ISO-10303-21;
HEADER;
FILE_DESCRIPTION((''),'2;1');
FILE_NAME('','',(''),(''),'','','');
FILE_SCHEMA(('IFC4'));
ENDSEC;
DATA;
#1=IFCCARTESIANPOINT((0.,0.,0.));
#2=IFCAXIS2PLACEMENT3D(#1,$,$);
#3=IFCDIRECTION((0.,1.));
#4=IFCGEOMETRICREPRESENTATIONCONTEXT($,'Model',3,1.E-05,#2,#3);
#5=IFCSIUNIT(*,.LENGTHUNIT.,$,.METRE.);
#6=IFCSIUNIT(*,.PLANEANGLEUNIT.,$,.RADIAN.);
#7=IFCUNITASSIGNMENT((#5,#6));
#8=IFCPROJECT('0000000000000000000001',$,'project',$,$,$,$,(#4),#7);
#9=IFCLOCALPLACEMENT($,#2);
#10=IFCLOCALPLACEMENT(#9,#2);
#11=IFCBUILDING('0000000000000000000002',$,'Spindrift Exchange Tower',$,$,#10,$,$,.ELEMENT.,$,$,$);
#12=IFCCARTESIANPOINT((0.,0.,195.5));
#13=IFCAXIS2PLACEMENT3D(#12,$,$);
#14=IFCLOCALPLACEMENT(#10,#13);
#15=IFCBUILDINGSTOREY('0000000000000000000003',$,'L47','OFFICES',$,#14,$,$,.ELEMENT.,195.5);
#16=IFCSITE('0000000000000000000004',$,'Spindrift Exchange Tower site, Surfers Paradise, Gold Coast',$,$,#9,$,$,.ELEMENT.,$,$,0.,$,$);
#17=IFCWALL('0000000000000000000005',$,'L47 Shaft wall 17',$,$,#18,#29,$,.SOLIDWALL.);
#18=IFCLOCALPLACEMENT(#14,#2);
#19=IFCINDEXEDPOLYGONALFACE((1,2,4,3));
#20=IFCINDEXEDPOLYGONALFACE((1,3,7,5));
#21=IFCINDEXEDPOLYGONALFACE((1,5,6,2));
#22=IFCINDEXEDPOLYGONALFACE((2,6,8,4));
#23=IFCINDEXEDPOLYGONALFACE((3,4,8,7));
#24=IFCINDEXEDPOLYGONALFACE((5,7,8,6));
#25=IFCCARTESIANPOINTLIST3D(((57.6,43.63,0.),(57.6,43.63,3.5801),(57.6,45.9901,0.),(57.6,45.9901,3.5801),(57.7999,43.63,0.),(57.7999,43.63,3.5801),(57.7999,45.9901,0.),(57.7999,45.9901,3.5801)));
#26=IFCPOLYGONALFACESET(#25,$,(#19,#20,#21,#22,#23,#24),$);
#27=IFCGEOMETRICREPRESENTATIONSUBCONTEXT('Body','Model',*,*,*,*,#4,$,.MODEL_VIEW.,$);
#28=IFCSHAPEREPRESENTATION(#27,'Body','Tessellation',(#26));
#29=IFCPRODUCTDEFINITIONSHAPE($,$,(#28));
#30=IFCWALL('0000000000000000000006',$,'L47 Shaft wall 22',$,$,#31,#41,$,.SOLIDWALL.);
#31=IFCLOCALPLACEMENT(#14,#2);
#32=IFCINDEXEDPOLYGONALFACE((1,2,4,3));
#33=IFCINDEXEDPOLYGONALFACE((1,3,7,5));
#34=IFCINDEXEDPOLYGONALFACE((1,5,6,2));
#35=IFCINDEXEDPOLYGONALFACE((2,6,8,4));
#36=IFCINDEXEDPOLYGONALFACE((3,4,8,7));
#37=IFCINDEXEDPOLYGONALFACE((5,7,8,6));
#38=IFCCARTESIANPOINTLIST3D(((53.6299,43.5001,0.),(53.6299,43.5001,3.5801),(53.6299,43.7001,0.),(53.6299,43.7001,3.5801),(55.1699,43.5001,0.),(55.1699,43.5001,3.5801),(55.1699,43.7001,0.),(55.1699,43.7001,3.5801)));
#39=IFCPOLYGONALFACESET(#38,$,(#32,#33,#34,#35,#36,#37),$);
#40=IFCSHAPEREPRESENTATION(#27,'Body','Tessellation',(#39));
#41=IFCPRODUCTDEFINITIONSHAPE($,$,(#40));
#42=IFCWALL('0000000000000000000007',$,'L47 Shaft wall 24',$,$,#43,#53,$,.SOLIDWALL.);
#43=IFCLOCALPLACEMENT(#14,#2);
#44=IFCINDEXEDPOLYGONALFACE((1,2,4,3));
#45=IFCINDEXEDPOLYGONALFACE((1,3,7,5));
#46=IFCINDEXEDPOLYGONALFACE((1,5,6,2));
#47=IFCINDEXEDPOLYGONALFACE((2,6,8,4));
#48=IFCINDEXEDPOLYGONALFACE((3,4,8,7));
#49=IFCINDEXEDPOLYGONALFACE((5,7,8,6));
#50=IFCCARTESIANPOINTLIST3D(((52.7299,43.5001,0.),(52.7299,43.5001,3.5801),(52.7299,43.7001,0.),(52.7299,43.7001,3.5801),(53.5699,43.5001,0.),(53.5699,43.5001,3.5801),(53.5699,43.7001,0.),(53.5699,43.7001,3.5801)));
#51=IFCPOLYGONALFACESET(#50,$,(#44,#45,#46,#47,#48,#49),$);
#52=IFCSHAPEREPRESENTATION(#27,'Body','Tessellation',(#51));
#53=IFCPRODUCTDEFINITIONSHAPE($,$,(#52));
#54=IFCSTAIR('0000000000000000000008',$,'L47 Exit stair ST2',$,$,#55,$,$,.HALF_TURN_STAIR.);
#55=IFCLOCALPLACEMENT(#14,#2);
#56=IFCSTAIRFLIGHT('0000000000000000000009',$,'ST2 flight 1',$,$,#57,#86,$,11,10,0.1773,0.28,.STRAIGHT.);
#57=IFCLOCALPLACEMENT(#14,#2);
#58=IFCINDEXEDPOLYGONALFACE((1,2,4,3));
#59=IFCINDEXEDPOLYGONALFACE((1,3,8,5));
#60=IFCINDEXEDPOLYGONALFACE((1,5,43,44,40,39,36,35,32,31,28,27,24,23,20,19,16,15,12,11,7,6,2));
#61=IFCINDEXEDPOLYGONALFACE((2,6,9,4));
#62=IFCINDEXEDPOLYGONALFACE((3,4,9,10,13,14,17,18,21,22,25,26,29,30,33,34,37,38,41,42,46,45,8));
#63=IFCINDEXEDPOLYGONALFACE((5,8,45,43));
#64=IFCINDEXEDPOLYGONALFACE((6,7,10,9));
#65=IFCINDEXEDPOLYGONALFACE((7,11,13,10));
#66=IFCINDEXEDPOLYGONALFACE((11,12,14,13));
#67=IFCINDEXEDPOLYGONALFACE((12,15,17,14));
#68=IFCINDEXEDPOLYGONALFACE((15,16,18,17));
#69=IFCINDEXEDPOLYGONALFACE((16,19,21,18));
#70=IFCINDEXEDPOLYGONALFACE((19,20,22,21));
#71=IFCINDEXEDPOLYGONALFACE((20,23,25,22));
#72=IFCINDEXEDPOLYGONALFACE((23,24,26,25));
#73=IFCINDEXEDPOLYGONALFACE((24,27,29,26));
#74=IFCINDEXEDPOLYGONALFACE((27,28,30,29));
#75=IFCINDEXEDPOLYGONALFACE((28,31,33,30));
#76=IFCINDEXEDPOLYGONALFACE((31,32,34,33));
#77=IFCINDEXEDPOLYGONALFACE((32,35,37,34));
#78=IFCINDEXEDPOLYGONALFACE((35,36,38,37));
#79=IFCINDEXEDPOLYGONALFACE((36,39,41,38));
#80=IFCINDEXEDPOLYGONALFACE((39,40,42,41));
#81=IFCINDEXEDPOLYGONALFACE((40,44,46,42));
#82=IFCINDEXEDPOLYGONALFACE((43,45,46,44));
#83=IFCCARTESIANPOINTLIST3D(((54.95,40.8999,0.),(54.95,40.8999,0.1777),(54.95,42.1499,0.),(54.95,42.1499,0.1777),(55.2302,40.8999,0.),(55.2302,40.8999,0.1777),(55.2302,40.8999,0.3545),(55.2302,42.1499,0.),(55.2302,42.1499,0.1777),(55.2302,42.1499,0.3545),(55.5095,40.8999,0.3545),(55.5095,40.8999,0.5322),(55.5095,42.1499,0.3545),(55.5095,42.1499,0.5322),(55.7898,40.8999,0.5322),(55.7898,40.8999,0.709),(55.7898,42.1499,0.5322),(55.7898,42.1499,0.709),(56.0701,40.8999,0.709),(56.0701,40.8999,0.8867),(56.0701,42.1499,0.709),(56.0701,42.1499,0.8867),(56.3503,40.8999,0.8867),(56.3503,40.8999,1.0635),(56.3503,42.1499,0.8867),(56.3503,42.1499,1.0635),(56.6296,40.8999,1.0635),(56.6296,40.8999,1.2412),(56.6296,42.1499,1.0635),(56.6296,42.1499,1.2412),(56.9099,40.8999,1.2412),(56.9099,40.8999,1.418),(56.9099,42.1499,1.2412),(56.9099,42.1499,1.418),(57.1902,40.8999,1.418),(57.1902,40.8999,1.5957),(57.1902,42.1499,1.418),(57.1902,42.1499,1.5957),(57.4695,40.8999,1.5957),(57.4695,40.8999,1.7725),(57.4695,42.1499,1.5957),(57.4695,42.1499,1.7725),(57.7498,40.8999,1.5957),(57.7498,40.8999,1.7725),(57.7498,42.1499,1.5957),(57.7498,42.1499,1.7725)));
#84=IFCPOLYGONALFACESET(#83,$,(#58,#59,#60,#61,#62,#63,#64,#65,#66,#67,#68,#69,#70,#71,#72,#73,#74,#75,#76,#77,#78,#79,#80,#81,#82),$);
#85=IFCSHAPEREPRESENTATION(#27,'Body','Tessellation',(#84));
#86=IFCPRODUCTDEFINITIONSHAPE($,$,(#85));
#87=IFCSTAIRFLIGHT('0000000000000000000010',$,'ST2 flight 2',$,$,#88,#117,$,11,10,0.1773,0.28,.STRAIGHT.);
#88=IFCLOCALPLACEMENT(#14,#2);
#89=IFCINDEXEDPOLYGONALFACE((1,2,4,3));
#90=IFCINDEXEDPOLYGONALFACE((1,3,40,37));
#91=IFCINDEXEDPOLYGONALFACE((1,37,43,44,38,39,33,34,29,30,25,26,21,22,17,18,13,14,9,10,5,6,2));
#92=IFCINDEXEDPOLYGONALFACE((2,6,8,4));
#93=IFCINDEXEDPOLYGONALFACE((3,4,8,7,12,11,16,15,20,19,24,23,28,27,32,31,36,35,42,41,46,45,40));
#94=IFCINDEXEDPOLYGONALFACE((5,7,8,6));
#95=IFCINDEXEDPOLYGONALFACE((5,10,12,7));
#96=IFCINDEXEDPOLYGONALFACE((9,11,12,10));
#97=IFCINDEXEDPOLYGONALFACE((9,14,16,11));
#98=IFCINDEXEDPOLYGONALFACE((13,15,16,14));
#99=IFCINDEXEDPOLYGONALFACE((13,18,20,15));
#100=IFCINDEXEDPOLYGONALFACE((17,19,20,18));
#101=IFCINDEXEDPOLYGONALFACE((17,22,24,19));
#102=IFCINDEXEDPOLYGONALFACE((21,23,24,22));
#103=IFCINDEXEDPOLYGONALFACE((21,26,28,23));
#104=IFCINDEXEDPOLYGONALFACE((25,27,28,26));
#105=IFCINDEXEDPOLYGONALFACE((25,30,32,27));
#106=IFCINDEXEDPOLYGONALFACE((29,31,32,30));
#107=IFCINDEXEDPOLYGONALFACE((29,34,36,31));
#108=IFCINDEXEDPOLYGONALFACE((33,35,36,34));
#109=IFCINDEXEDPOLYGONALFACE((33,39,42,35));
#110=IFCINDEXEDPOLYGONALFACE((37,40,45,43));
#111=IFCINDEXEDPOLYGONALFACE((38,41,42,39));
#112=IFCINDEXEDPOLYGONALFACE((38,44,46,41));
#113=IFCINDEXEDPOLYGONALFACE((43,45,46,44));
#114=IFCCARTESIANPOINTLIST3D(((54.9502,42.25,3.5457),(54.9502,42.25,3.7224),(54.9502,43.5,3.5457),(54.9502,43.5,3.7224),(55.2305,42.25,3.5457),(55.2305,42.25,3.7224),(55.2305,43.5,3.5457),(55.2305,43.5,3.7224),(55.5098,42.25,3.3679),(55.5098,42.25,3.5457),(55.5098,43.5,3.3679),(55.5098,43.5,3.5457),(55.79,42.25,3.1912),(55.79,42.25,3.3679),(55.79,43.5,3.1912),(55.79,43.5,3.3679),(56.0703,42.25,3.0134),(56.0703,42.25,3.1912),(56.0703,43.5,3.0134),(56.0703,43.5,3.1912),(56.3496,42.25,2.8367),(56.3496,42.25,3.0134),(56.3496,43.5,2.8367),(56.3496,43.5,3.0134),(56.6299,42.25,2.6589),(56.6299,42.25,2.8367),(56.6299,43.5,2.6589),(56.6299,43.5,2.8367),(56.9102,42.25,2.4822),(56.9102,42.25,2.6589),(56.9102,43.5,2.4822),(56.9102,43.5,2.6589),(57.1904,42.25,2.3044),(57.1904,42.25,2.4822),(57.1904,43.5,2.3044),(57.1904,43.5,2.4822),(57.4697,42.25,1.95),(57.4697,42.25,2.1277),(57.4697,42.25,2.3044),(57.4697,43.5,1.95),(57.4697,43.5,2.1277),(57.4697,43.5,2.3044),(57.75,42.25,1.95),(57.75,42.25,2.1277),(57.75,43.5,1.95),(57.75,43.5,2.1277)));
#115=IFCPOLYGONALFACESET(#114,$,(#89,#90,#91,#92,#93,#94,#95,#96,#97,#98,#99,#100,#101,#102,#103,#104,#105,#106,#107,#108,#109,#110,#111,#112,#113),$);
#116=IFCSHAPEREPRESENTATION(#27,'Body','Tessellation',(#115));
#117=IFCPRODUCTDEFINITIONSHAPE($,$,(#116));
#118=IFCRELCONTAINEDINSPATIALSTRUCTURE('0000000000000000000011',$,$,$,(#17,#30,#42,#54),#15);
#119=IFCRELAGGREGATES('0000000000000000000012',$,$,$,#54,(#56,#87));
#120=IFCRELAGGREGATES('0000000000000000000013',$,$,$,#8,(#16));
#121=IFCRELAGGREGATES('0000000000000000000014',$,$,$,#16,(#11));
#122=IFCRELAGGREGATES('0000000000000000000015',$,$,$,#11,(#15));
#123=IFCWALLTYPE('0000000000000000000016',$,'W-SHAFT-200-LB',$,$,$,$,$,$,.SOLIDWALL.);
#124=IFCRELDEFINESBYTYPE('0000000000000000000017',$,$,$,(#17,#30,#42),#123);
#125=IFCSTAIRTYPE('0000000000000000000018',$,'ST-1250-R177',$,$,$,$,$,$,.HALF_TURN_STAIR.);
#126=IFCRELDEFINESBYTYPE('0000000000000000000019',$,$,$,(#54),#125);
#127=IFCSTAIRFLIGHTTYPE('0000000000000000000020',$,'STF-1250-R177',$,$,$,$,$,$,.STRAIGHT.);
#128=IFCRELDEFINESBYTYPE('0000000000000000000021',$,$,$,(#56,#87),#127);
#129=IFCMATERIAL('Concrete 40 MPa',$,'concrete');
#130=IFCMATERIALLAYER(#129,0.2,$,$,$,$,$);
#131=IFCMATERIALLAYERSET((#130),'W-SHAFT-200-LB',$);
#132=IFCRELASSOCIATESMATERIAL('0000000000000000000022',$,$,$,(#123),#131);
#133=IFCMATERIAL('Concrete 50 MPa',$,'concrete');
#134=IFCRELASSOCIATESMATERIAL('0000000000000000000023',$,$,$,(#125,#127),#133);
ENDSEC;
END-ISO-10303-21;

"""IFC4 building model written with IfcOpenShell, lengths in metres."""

from ifc_helpers import new_model, si_unit, direction, frame, frame_2d, origin, place, context, subcontext, project, spatial, line, indexed_curve, rectangle, outline, extrude, material, layer, layer_set, type_object, element, aggregate, save


model = new_model("IFC4")

# Units and contexts
model_context = context("Model", 3, precision=1e-05, world=origin(), true_north=direction((0.0, 1.0)))
body_context = subcontext(model_context, "Body", "Model", "MODEL_VIEW")
ifc_project = project(units=[si_unit("LENGTHUNIT", "METRE"), si_unit("PLANEANGLEUNIT", "RADIAN")], contexts=[model_context])

# Site, building, storey
site_placement = place(None, origin())
site = spatial("IfcSite", under=ifc_project, at=site_placement, Name="Spindrift Exchange Tower site, Surfers Paradise, Gold Coast", CompositionType="ELEMENT", RefElevation=0.0)
building_placement = place(site_placement, origin())
building = spatial("IfcBuilding", under=site, at=building_placement, Name="Spindrift Exchange Tower", CompositionType="ELEMENT")
storey_placement = place(building_placement, frame((0.0, 0.0, 195.5)))
storey = spatial("IfcBuildingStorey", under=building, at=storey_placement, Name="L47", Description="OFFICES", CompositionType="ELEMENT", Elevation=195.5)

# Shared definitions
ifc_material_1 = material(Name="Concrete 40 MPa", Category="concrete")

# Shared definitions
ifc_layer_1 = layer(ifc_material_1, 0.2)
ifc_layer_set_1 = layer_set([ifc_layer_1], Name="W-SHAFT-200-LB")
wall_type_1 = type_object("IfcWallType", Name="W-SHAFT-200-LB", PredefinedType="SOLIDWALL", material=ifc_layer_set_1)

# Walls
for number, where, z_axis, x_axis, name in (
    (1, (57.7, 43.6299, 0.0), (0.0, 0.0, 1.0), (0.0, 1.0, 0.0), "L47 Shaft wall 17"),
):
    element("IfcWall", number, at=place(storey_placement, frame(where, z_axis=z_axis, x_axis=x_axis)), inside=storey, type_object=wall_type_1, Name=name, PredefinedType="SOLIDWALL", context=body_context, shape_type="SweptSolid", body=[
        extrude(rectangle(XDim=2.3601, YDim=0.2, at=frame_2d((1.1802, 0.0))), origin(), (0.0, 0.0, 1.0), 3.5801),
    ])
wall_1_placement = place(storey_placement, frame((53.6299, 43.6001, 0.0), z_axis=(0.0, 0.0, 1.0), x_axis=(1.0, 0.0, 0.0)))
element("IfcWall", 2, at=wall_1_placement, inside=storey, type_object=wall_type_1, Name="L47 Shaft wall 22", PredefinedType="SOLIDWALL", context=body_context, shape_type="SweptSolid", body=[
    extrude(rectangle(XDim=1.54, YDim=0.2, at=frame_2d((0.77, 0.0))), origin(), (0.0, 0.0, 1.0), 3.5801),
])
wall_2_placement = place(storey_placement, frame((52.73, 43.6001, 0.0), z_axis=(0.0, 0.0, 1.0), x_axis=(1.0, 0.0, 0.0)))
element("IfcWall", 3, at=wall_2_placement, inside=storey, type_object=wall_type_1, Name="L47 Shaft wall 24", PredefinedType="SOLIDWALL", context=body_context, shape_type="SweptSolid", body=[
    extrude(rectangle(XDim=0.8401, YDim=0.2, at=frame_2d((0.4199, 0.0))), origin(), (0.0, 0.0, 1.0), 3.5801),
])

# Stair, stair flights
ifc_material_2 = material(Name="Concrete 50 MPa", Category="concrete")
stair_type = type_object("IfcStairType", Name="ST-1250-R177", PredefinedType="HALF_TURN_STAIR", material=ifc_material_2)
stair_placement = place(storey_placement, origin())
stair = element("IfcStair", 4, at=stair_placement, inside=storey, type_object=stair_type, Name="L47 Exit stair ST2", PredefinedType="HALF_TURN_STAIR")
stair_flight_type = type_object("IfcStairFlightType", Name="STF-1250-R177", PredefinedType="STRAIGHT", material=ifc_material_2)
stair_flight_1_placement = place(storey_placement, frame((54.95, 41.5249, 0.0), z_axis=(0.0, 0.0, 1.0), x_axis=(1.0, 0.0, 0.0)))
stair_flight_1 = element("IfcStairFlight", 5, at=stair_flight_1_placement, type_object=stair_flight_type, Name="ST2 flight 1", NumberOfRisers=11, NumberOfTreads=10, PredefinedType="STRAIGHT", RiserHeight=0.1773, TreadLength=0.28, context=body_context, shape_type="SweptSolid", body=[
    extrude(outline(indexed_curve([(0.0, 0.0), (0.0, 0.1777), (0.2803, 0.1777), (0.2803, 0.3545), (0.5596, 0.3545), (0.5596, 0.5322), (0.8398, 0.5322), (0.8398, 0.709), (1.1201, 0.709), (1.1201, 0.8867), (1.4004, 0.8867), (1.4004, 1.0635), (1.6797, 1.0635), (1.6797, 1.2412), (1.96, 1.2412), (1.96, 1.418), (2.2402, 1.418), (2.2402, 1.5957), (2.5195, 1.5957), (2.5195, 1.7725), (2.7998, 1.7725), (2.7998, 1.9502), (2.7998, 1.5957), (0.2803, 0.0)], segments=[line(1, 2, 3, 4, 5, 6, 7, 8, 9, 10, 11, 12, 13, 14, 15, 16, 17, 18, 19, 20, 21, 22, 23, 24, 1)], self_intersect=False)), frame((0.0, 0.625, 0.0), z_axis=(0.0, -1.0, 0.0), x_axis=(1.0, 0.0, 0.0)), (0.0, 0.0, 1.0), 1.25),
])
stair_flight_2_placement = place(storey_placement, frame((57.75, 42.875, 1.95), z_axis=(0.0, 0.0, 1.0), x_axis=(-1.0, 0.0, 0.0)))
stair_flight_2 = element("IfcStairFlight", 6, at=stair_flight_2_placement, type_object=stair_flight_type, Name="ST2 flight 2", NumberOfRisers=11, NumberOfTreads=10, PredefinedType="STRAIGHT", RiserHeight=0.1773, TreadLength=0.28, context=body_context, shape_type="SweptSolid", body=[
    extrude(outline(indexed_curve([(0.0, 0.0), (0.0, 0.1777), (0.2803, 0.1777), (0.2803, 0.3545), (0.5596, 0.3545), (0.5596, 0.5322), (0.8398, 0.5322), (0.8398, 0.709), (1.1201, 0.709), (1.1201, 0.8867), (1.4004, 0.8867), (1.4004, 1.0635), (1.6797, 1.0635), (1.6797, 1.2412), (1.96, 1.2412), (1.96, 1.418), (2.2402, 1.418), (2.2402, 1.5957), (2.5195, 1.5957), (2.5195, 1.7725), (2.7998, 1.7725), (2.7998, 1.9502), (2.7998, 1.5957), (0.2803, 0.0)], segments=[line(1, 2, 3, 4, 5, 6, 7, 8, 9, 10, 11, 12, 13, 14, 15, 16, 17, 18, 19, 20, 21, 22, 23, 24, 1)], self_intersect=False)), frame((0.0, 0.625, 0.0), z_axis=(0.0, -1.0, 0.0), x_axis=(1.0, 0.0, 0.0)), (0.0, 0.0, 1.0), 1.25),
])
aggregate(stair, [stair_flight_1, stair_flight_2])

save(model, "model.ifc")
